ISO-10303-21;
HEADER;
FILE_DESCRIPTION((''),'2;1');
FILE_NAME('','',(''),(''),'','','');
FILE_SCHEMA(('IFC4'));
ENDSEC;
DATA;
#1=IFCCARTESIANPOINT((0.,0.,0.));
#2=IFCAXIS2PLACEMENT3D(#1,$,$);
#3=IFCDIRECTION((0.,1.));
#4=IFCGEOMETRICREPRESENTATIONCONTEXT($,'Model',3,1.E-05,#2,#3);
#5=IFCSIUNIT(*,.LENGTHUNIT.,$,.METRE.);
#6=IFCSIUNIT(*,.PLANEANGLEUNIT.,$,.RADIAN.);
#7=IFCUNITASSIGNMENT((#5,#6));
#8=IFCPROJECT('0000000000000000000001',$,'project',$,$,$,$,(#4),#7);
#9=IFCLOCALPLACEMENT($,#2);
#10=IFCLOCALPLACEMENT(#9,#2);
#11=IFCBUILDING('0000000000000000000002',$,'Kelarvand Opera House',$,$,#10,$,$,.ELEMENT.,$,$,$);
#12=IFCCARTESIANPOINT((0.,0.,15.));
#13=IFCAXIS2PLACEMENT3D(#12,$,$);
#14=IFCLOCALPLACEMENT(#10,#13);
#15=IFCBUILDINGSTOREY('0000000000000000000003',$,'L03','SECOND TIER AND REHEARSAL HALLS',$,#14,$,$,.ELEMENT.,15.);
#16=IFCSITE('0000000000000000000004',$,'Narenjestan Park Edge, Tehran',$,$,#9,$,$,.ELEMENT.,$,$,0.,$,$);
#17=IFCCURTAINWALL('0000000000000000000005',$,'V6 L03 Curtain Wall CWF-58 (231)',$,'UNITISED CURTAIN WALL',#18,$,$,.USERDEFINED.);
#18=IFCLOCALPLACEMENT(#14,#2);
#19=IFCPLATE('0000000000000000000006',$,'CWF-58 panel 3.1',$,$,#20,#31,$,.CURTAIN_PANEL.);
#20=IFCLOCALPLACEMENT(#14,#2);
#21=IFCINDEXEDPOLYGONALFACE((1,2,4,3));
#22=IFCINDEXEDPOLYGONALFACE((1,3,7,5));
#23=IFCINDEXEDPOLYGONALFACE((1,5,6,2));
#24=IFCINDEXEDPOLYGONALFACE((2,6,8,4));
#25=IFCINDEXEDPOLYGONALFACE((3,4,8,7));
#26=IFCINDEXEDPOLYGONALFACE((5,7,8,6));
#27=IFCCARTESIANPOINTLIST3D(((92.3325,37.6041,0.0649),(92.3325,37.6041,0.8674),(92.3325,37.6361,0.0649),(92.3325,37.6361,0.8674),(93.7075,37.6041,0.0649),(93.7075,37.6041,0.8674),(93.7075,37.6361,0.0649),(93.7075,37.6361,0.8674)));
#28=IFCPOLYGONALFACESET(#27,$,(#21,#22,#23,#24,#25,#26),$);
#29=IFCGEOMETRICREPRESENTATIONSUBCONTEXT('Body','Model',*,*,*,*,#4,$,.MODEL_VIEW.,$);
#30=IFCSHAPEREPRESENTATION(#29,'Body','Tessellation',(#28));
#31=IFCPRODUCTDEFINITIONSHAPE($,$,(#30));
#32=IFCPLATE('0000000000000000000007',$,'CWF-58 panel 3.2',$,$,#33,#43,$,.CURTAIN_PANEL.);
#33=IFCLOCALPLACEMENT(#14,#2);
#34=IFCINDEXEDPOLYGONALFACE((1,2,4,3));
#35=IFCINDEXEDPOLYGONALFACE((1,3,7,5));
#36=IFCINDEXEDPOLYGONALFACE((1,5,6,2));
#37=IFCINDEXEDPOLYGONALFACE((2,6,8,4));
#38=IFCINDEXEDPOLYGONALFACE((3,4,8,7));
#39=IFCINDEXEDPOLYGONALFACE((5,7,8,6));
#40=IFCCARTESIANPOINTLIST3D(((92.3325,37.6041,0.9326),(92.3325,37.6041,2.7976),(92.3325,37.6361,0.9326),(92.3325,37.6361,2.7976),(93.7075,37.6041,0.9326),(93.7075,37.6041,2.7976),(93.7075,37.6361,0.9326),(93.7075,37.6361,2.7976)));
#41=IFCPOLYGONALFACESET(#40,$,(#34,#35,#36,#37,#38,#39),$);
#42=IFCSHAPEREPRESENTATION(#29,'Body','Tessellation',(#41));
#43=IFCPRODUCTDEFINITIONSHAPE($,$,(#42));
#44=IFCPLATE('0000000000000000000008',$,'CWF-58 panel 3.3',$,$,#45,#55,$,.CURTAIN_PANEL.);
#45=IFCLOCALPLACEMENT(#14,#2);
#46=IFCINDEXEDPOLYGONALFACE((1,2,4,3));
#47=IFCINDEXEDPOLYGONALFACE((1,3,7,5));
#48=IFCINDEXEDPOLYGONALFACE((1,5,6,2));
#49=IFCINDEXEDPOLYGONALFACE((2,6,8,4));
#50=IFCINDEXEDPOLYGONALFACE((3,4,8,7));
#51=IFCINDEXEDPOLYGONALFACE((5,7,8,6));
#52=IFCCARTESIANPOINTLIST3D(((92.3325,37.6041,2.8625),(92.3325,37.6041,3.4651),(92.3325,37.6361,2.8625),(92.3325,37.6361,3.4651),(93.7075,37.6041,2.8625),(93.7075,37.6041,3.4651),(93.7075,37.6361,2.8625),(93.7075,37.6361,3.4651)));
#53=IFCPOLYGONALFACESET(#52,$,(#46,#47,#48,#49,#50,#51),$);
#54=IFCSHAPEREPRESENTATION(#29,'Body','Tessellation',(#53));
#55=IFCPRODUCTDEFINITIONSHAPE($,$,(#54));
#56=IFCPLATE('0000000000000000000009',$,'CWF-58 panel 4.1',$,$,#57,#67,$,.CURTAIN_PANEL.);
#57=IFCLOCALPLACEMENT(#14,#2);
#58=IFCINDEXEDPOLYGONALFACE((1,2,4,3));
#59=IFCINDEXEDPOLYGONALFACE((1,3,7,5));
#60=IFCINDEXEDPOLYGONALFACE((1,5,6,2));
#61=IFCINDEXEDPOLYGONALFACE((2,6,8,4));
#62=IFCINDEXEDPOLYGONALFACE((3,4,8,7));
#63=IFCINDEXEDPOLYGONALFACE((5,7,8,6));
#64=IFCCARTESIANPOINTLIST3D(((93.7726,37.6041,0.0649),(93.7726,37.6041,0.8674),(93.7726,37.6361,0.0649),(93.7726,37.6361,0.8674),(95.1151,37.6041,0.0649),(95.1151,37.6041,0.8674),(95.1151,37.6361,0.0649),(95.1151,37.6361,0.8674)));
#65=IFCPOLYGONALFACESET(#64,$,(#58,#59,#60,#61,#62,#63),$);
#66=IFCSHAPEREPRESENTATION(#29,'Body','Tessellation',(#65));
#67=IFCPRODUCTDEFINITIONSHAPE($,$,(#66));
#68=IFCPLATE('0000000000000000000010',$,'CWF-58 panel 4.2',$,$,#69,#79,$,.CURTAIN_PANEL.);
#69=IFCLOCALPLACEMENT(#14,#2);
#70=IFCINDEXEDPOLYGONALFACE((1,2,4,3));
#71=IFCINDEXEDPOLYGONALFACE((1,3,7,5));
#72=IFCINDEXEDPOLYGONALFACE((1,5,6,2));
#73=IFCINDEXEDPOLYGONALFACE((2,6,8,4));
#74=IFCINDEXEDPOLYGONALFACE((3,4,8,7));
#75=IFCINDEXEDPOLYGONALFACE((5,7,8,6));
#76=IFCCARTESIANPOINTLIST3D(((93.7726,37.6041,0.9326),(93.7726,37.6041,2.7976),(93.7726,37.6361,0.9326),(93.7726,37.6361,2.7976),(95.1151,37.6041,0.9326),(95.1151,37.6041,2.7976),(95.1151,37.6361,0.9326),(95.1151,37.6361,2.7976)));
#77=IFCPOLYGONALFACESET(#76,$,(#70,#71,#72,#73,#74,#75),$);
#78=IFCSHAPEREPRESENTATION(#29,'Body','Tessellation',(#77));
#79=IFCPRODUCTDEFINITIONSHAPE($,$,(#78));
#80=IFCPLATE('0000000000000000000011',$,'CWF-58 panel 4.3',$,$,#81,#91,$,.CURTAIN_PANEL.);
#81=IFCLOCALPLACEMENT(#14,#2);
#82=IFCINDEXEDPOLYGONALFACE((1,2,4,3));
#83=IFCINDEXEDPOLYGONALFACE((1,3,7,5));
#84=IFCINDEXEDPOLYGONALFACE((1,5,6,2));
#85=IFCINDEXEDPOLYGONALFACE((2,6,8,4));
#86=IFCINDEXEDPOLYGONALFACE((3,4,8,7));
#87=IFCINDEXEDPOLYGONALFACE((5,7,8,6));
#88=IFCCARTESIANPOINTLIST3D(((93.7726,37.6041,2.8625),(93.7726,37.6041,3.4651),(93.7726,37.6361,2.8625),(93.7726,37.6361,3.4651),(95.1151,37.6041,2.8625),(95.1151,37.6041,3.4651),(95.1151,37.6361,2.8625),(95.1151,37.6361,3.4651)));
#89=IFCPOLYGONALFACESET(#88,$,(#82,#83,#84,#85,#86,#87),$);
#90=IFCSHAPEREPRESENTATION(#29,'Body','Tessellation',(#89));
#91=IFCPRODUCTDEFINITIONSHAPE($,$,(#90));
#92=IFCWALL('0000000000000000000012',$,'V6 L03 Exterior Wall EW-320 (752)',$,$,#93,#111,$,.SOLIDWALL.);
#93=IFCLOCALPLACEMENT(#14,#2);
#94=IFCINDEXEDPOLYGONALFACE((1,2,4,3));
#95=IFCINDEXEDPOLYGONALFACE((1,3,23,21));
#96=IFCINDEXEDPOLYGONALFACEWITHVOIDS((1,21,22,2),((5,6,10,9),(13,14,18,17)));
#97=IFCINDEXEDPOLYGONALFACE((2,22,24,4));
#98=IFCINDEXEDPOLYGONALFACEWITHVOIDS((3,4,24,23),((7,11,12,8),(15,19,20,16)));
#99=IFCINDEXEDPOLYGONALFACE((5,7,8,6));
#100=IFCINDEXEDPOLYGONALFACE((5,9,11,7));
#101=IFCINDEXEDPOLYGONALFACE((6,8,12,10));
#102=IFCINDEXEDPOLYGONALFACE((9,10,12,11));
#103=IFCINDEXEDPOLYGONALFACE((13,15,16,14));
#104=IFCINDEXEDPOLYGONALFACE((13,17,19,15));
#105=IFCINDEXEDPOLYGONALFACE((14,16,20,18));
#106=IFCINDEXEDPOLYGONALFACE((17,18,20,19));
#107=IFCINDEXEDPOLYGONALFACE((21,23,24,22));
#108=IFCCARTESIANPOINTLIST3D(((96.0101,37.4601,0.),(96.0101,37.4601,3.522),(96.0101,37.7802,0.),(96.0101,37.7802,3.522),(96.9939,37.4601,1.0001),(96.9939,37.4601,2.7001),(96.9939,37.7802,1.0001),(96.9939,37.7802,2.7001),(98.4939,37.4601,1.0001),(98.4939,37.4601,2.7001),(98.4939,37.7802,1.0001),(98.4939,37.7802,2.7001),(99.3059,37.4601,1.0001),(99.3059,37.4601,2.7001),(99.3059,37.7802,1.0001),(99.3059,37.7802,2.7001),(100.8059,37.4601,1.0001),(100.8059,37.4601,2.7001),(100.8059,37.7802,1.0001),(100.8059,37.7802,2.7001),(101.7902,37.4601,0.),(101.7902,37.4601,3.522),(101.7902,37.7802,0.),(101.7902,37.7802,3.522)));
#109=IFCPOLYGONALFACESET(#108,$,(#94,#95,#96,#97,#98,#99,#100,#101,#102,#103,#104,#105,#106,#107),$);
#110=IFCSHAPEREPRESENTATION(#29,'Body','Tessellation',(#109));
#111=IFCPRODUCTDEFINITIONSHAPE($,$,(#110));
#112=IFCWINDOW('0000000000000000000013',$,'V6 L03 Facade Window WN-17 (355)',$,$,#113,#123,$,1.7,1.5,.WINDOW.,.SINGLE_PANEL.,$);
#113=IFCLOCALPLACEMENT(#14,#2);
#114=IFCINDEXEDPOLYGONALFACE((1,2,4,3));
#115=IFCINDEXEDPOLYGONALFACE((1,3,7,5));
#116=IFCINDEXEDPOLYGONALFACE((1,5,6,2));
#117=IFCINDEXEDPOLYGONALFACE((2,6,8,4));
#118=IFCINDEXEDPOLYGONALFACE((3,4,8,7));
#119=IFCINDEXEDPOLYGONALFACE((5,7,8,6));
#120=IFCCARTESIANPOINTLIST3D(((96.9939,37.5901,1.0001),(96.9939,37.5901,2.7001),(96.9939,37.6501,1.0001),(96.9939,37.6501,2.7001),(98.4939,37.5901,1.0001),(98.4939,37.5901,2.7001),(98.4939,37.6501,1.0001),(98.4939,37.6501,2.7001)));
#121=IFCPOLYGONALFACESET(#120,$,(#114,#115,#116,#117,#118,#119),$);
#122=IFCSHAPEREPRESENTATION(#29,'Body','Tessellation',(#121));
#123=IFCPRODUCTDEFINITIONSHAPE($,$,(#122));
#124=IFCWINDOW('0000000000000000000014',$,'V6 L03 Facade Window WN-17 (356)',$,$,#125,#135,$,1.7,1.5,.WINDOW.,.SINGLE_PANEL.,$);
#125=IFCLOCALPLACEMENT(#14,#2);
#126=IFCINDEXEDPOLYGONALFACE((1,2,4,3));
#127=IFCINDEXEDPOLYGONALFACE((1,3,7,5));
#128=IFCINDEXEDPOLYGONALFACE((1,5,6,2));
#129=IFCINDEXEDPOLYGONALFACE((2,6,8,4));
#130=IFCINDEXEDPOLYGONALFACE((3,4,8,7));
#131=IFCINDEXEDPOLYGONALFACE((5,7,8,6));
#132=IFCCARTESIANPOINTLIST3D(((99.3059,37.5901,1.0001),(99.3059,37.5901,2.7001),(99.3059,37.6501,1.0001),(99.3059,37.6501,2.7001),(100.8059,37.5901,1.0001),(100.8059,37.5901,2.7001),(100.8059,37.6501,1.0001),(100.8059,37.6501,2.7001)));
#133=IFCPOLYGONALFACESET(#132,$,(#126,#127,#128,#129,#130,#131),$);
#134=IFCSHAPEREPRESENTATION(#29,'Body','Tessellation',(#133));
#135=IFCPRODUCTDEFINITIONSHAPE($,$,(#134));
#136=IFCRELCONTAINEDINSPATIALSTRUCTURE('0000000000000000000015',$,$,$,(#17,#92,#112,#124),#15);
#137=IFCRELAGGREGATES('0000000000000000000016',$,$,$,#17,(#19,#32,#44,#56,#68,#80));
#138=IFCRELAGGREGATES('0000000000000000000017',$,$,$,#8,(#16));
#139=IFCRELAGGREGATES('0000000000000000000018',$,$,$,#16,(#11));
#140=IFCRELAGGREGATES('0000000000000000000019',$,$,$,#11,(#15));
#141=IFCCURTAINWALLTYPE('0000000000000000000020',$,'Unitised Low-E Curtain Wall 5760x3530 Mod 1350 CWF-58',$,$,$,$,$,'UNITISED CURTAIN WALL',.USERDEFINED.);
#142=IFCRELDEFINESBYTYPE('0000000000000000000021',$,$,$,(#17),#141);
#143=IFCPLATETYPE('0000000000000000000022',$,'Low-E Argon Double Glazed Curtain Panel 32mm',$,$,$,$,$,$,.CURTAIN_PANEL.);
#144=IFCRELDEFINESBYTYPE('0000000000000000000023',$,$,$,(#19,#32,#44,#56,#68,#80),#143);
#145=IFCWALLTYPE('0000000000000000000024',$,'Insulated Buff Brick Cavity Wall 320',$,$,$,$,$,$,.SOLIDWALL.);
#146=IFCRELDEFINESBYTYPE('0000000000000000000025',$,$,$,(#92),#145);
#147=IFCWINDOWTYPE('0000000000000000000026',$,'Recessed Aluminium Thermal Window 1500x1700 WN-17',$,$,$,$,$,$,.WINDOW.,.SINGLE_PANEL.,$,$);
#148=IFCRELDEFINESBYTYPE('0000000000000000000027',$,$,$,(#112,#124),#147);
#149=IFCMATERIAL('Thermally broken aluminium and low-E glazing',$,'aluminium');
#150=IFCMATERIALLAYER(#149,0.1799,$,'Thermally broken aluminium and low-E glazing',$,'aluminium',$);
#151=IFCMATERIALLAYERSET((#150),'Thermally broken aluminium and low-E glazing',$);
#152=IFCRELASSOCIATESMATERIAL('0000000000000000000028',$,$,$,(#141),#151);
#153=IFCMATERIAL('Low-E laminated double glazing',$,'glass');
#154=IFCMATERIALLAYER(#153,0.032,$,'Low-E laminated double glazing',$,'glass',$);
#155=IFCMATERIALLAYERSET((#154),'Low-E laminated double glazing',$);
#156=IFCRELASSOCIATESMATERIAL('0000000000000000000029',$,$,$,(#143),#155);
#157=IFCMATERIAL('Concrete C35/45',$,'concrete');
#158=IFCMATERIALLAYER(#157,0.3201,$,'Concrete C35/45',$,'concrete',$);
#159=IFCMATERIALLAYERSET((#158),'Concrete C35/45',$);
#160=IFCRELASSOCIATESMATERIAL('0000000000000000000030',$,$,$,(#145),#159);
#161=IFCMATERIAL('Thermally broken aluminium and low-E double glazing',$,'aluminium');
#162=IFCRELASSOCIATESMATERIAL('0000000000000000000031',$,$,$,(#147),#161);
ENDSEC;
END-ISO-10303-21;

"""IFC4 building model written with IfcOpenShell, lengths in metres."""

from ifc_helpers import new_model, si_unit, direction, frame, frame_2d, origin, origin_2d, place, context, subcontext, project, spatial, rectangle, extrude, material, layer, layer_set, type_object, element, fill, aggregate, save


model = new_model("IFC4")

# Units and contexts
model_context = context("Model", 3, precision=1e-05, world=origin(), true_north=direction((0.0, 1.0)))
body_context = subcontext(model_context, "Body", "Model", "MODEL_VIEW")
ifc_project = project(units=[si_unit("LENGTHUNIT", "METRE"), si_unit("PLANEANGLEUNIT", "RADIAN")], contexts=[model_context])

# Site, building, storey
site_placement = place(None, origin())
site = spatial("IfcSite", under=ifc_project, at=site_placement, Name="Narenjestan Park Edge, Tehran", CompositionType="ELEMENT", RefElevation=0.0)
building_placement = place(site_placement, origin())
building = spatial("IfcBuilding", under=site, at=building_placement, Name="Kelarvand Opera House", CompositionType="ELEMENT")
storey_placement = place(building_placement, frame((0.0, 0.0, 15.0)))
storey = spatial("IfcBuildingStorey", under=building, at=storey_placement, Name="L03", Description="SECOND TIER AND REHEARSAL HALLS", CompositionType="ELEMENT", Elevation=15.0)

# Curtain wall
ifc_material_1 = material(Name="Thermally broken aluminium and low-E glazing", Category="aluminium")
ifc_layer_1 = layer(ifc_material_1, 0.1799, Name="Thermally broken aluminium and low-E glazing", Category="aluminium")
ifc_layer_set_1 = layer_set([ifc_layer_1], Name="Thermally broken aluminium and low-E glazing")
curtain_wall_type = type_object("IfcCurtainWallType", Name="Unitised Low-E Curtain Wall 5760x3530 Mod 1350 CWF-58", ElementType="UNITISED CURTAIN WALL", PredefinedType="USERDEFINED", material=ifc_layer_set_1)
curtain_wall_placement = place(storey_placement, origin())
curtain_wall = element("IfcCurtainWall", 1, at=curtain_wall_placement, inside=storey, type_object=curtain_wall_type, Name="V6 L03 Curtain Wall CWF-58 (231)", ObjectType="UNITISED CURTAIN WALL", PredefinedType="USERDEFINED")

# Plates
ifc_material_2 = material(Name="Low-E laminated double glazing", Category="glass")
ifc_layer_2 = layer(ifc_material_2, 0.032, Name="Low-E laminated double glazing", Category="glass")
ifc_layer_set_2 = layer_set([ifc_layer_2], Name="Low-E laminated double glazing")
plate_type = type_object("IfcPlateType", Name="Low-E Argon Double Glazed Curtain Panel 32mm", PredefinedType="CURTAIN_PANEL", material=ifc_layer_set_2)
plate_1_placement = place(storey_placement, frame((93.02, 37.6201, 0.0649), z_axis=(0.0, 0.0, 1.0), x_axis=(1.0, 0.0, 0.0)))
plate_1 = element("IfcPlate", 2, at=plate_1_placement, type_object=plate_type, Name="CWF-58 panel 3.1", PredefinedType="CURTAIN_PANEL", context=body_context, shape_type="SweptSolid", body=[
    extrude(rectangle(XDim=1.375, YDim=0.032, at=origin_2d()), origin(), (0.0, 0.0, 1.0), 0.8025),
])
plate_2_placement = place(storey_placement, frame((93.02, 37.6201, 0.9326), z_axis=(0.0, 0.0, 1.0), x_axis=(1.0, 0.0, 0.0)))
plate_2 = element("IfcPlate", 3, at=plate_2_placement, type_object=plate_type, Name="CWF-58 panel 3.2", PredefinedType="CURTAIN_PANEL", context=body_context, shape_type="SweptSolid", body=[
    extrude(rectangle(XDim=1.375, YDim=0.032, at=origin_2d()), origin(), (0.0, 0.0, 1.0), 1.865),
])
plate_3_placement = place(storey_placement, frame((93.02, 37.6201, 2.8625), z_axis=(0.0, 0.0, 1.0), x_axis=(1.0, 0.0, 0.0)))
plate_3 = element("IfcPlate", 4, at=plate_3_placement, type_object=plate_type, Name="CWF-58 panel 3.3", PredefinedType="CURTAIN_PANEL", context=body_context, shape_type="SweptSolid", body=[
    extrude(rectangle(XDim=1.375, YDim=0.032, at=origin_2d()), origin(), (0.0, 0.0, 1.0), 0.6025),
])
plate_4_placement = place(storey_placement, frame((94.4438, 37.6201, 0.0649), z_axis=(0.0, 0.0, 1.0), x_axis=(1.0, 0.0, 0.0)))
plate_4 = element("IfcPlate", 5, at=plate_4_placement, type_object=plate_type, Name="CWF-58 panel 4.1", PredefinedType="CURTAIN_PANEL", context=body_context, shape_type="SweptSolid", body=[
    extrude(rectangle(XDim=1.3425, YDim=0.032, at=origin_2d()), origin(), (0.0, 0.0, 1.0), 0.8025),
])
plate_5_placement = place(storey_placement, frame((94.4438, 37.6201, 0.9326), z_axis=(0.0, 0.0, 1.0), x_axis=(1.0, 0.0, 0.0)))
plate_5 = element("IfcPlate", 6, at=plate_5_placement, type_object=plate_type, Name="CWF-58 panel 4.2", PredefinedType="CURTAIN_PANEL", context=body_context, shape_type="SweptSolid", body=[
    extrude(rectangle(XDim=1.3425, YDim=0.032, at=origin_2d()), origin(), (0.0, 0.0, 1.0), 1.865),
])
plate_6_placement = place(storey_placement, frame((94.4438, 37.6201, 2.8625), z_axis=(0.0, 0.0, 1.0), x_axis=(1.0, 0.0, 0.0)))
plate_6 = element("IfcPlate", 7, at=plate_6_placement, type_object=plate_type, Name="CWF-58 panel 4.3", PredefinedType="CURTAIN_PANEL", context=body_context, shape_type="SweptSolid", body=[
    extrude(rectangle(XDim=1.3425, YDim=0.032, at=origin_2d()), origin(), (0.0, 0.0, 1.0), 0.6025),
])
aggregate(curtain_wall, [plate_1, plate_2, plate_3, plate_4, plate_5, plate_6])

# Wall, openings, windows
ifc_material_3 = material(Name="Concrete C35/45", Category="concrete")
ifc_layer_3 = layer(ifc_material_3, 0.3201, Name="Concrete C35/45", Category="concrete")
ifc_layer_set_3 = layer_set([ifc_layer_3], Name="Concrete C35/45")
wall_type = type_object("IfcWallType", Name="Insulated Buff Brick Cavity Wall 320", PredefinedType="SOLIDWALL", material=ifc_layer_set_3)
wall_placement = place(storey_placement, frame((96.01, 37.6201, 0.0), z_axis=(0.0, 0.0, 1.0), x_axis=(1.0, 0.0, 0.0)))
wall = element("IfcWall", 8, at=wall_placement, inside=storey, type_object=wall_type, Name="V6 L03 Exterior Wall EW-320 (752)", PredefinedType="SOLIDWALL", context=body_context, shape_type="SweptSolid", body=[
    extrude(rectangle(XDim=5.78, YDim=0.3201, at=frame_2d((2.8901, 0.0))), origin(), (0.0, 0.0, 1.0), 3.522),
])
opening_1_placement = place(wall_placement, frame((0.9839, 0.0, 1.0)))
opening_1 = element("IfcOpeningElement", 9, at=opening_1_placement, cuts=wall, PredefinedType="OPENING", context=body_context, shape_type="SweptSolid", body=[
    extrude(rectangle(XDim=1.5, YDim=1.7, at=frame_2d((0.75, 0.8501))), frame((0.0, 0.1699, 0.0), z_axis=(0.0, -1.0, 0.0), x_axis=(1.0, 0.0, 0.0)), (0.0, 0.0, 1.0), 0.3401),
])
opening_2_placement = place(wall_placement, frame((3.2959, 0.0, 1.0)))
opening_2 = element("IfcOpeningElement", 10, at=opening_2_placement, cuts=wall, PredefinedType="OPENING", context=body_context, shape_type="SweptSolid", body=[
    extrude(rectangle(XDim=1.5, YDim=1.7, at=frame_2d((0.75, 0.8501))), frame((0.0, 0.1699, 0.0), z_axis=(0.0, -1.0, 0.0), x_axis=(1.0, 0.0, 0.0)), (0.0, 0.0, 1.0), 0.3401),
])
ifc_material_4 = material(Name="Thermally broken aluminium and low-E double glazing", Category="aluminium")
window_type = type_object("IfcWindowType", Name="Recessed Aluminium Thermal Window 1500x1700 WN-17", PartitioningType="SINGLE_PANEL", PredefinedType="WINDOW", material=ifc_material_4)
window_1_placement = place(opening_1_placement, origin())
window_1 = element("IfcWindow", 11, at=window_1_placement, inside=storey, type_object=window_type, Name="V6 L03 Facade Window WN-17 (355)", OverallHeight=1.7, OverallWidth=1.5, PartitioningType="SINGLE_PANEL", PredefinedType="WINDOW", context=body_context, shape_type="SweptSolid", body=[
    extrude(rectangle(XDim=1.5, YDim=1.7, at=frame_2d((0.75, 0.8501))), frame((0.0, 0.03, 0.0), z_axis=(0.0, -1.0, 0.0), x_axis=(1.0, 0.0, 0.0)), (0.0, 0.0, 1.0), 0.0601),
])
fill(opening_1, window_1)
window_2_placement = place(opening_2_placement, origin())
window_2 = element("IfcWindow", 12, at=window_2_placement, inside=storey, type_object=window_type, Name="V6 L03 Facade Window WN-17 (356)", OverallHeight=1.7, OverallWidth=1.5, PartitioningType="SINGLE_PANEL", PredefinedType="WINDOW", context=body_context, shape_type="SweptSolid", body=[
    extrude(rectangle(XDim=1.5, YDim=1.7, at=frame_2d((0.75, 0.8501))), frame((0.0, 0.03, 0.0), z_axis=(0.0, -1.0, 0.0), x_axis=(1.0, 0.0, 0.0)), (0.0, 0.0, 1.0), 0.0601),
])
fill(opening_2, window_2)

save(model, "model.ifc")
